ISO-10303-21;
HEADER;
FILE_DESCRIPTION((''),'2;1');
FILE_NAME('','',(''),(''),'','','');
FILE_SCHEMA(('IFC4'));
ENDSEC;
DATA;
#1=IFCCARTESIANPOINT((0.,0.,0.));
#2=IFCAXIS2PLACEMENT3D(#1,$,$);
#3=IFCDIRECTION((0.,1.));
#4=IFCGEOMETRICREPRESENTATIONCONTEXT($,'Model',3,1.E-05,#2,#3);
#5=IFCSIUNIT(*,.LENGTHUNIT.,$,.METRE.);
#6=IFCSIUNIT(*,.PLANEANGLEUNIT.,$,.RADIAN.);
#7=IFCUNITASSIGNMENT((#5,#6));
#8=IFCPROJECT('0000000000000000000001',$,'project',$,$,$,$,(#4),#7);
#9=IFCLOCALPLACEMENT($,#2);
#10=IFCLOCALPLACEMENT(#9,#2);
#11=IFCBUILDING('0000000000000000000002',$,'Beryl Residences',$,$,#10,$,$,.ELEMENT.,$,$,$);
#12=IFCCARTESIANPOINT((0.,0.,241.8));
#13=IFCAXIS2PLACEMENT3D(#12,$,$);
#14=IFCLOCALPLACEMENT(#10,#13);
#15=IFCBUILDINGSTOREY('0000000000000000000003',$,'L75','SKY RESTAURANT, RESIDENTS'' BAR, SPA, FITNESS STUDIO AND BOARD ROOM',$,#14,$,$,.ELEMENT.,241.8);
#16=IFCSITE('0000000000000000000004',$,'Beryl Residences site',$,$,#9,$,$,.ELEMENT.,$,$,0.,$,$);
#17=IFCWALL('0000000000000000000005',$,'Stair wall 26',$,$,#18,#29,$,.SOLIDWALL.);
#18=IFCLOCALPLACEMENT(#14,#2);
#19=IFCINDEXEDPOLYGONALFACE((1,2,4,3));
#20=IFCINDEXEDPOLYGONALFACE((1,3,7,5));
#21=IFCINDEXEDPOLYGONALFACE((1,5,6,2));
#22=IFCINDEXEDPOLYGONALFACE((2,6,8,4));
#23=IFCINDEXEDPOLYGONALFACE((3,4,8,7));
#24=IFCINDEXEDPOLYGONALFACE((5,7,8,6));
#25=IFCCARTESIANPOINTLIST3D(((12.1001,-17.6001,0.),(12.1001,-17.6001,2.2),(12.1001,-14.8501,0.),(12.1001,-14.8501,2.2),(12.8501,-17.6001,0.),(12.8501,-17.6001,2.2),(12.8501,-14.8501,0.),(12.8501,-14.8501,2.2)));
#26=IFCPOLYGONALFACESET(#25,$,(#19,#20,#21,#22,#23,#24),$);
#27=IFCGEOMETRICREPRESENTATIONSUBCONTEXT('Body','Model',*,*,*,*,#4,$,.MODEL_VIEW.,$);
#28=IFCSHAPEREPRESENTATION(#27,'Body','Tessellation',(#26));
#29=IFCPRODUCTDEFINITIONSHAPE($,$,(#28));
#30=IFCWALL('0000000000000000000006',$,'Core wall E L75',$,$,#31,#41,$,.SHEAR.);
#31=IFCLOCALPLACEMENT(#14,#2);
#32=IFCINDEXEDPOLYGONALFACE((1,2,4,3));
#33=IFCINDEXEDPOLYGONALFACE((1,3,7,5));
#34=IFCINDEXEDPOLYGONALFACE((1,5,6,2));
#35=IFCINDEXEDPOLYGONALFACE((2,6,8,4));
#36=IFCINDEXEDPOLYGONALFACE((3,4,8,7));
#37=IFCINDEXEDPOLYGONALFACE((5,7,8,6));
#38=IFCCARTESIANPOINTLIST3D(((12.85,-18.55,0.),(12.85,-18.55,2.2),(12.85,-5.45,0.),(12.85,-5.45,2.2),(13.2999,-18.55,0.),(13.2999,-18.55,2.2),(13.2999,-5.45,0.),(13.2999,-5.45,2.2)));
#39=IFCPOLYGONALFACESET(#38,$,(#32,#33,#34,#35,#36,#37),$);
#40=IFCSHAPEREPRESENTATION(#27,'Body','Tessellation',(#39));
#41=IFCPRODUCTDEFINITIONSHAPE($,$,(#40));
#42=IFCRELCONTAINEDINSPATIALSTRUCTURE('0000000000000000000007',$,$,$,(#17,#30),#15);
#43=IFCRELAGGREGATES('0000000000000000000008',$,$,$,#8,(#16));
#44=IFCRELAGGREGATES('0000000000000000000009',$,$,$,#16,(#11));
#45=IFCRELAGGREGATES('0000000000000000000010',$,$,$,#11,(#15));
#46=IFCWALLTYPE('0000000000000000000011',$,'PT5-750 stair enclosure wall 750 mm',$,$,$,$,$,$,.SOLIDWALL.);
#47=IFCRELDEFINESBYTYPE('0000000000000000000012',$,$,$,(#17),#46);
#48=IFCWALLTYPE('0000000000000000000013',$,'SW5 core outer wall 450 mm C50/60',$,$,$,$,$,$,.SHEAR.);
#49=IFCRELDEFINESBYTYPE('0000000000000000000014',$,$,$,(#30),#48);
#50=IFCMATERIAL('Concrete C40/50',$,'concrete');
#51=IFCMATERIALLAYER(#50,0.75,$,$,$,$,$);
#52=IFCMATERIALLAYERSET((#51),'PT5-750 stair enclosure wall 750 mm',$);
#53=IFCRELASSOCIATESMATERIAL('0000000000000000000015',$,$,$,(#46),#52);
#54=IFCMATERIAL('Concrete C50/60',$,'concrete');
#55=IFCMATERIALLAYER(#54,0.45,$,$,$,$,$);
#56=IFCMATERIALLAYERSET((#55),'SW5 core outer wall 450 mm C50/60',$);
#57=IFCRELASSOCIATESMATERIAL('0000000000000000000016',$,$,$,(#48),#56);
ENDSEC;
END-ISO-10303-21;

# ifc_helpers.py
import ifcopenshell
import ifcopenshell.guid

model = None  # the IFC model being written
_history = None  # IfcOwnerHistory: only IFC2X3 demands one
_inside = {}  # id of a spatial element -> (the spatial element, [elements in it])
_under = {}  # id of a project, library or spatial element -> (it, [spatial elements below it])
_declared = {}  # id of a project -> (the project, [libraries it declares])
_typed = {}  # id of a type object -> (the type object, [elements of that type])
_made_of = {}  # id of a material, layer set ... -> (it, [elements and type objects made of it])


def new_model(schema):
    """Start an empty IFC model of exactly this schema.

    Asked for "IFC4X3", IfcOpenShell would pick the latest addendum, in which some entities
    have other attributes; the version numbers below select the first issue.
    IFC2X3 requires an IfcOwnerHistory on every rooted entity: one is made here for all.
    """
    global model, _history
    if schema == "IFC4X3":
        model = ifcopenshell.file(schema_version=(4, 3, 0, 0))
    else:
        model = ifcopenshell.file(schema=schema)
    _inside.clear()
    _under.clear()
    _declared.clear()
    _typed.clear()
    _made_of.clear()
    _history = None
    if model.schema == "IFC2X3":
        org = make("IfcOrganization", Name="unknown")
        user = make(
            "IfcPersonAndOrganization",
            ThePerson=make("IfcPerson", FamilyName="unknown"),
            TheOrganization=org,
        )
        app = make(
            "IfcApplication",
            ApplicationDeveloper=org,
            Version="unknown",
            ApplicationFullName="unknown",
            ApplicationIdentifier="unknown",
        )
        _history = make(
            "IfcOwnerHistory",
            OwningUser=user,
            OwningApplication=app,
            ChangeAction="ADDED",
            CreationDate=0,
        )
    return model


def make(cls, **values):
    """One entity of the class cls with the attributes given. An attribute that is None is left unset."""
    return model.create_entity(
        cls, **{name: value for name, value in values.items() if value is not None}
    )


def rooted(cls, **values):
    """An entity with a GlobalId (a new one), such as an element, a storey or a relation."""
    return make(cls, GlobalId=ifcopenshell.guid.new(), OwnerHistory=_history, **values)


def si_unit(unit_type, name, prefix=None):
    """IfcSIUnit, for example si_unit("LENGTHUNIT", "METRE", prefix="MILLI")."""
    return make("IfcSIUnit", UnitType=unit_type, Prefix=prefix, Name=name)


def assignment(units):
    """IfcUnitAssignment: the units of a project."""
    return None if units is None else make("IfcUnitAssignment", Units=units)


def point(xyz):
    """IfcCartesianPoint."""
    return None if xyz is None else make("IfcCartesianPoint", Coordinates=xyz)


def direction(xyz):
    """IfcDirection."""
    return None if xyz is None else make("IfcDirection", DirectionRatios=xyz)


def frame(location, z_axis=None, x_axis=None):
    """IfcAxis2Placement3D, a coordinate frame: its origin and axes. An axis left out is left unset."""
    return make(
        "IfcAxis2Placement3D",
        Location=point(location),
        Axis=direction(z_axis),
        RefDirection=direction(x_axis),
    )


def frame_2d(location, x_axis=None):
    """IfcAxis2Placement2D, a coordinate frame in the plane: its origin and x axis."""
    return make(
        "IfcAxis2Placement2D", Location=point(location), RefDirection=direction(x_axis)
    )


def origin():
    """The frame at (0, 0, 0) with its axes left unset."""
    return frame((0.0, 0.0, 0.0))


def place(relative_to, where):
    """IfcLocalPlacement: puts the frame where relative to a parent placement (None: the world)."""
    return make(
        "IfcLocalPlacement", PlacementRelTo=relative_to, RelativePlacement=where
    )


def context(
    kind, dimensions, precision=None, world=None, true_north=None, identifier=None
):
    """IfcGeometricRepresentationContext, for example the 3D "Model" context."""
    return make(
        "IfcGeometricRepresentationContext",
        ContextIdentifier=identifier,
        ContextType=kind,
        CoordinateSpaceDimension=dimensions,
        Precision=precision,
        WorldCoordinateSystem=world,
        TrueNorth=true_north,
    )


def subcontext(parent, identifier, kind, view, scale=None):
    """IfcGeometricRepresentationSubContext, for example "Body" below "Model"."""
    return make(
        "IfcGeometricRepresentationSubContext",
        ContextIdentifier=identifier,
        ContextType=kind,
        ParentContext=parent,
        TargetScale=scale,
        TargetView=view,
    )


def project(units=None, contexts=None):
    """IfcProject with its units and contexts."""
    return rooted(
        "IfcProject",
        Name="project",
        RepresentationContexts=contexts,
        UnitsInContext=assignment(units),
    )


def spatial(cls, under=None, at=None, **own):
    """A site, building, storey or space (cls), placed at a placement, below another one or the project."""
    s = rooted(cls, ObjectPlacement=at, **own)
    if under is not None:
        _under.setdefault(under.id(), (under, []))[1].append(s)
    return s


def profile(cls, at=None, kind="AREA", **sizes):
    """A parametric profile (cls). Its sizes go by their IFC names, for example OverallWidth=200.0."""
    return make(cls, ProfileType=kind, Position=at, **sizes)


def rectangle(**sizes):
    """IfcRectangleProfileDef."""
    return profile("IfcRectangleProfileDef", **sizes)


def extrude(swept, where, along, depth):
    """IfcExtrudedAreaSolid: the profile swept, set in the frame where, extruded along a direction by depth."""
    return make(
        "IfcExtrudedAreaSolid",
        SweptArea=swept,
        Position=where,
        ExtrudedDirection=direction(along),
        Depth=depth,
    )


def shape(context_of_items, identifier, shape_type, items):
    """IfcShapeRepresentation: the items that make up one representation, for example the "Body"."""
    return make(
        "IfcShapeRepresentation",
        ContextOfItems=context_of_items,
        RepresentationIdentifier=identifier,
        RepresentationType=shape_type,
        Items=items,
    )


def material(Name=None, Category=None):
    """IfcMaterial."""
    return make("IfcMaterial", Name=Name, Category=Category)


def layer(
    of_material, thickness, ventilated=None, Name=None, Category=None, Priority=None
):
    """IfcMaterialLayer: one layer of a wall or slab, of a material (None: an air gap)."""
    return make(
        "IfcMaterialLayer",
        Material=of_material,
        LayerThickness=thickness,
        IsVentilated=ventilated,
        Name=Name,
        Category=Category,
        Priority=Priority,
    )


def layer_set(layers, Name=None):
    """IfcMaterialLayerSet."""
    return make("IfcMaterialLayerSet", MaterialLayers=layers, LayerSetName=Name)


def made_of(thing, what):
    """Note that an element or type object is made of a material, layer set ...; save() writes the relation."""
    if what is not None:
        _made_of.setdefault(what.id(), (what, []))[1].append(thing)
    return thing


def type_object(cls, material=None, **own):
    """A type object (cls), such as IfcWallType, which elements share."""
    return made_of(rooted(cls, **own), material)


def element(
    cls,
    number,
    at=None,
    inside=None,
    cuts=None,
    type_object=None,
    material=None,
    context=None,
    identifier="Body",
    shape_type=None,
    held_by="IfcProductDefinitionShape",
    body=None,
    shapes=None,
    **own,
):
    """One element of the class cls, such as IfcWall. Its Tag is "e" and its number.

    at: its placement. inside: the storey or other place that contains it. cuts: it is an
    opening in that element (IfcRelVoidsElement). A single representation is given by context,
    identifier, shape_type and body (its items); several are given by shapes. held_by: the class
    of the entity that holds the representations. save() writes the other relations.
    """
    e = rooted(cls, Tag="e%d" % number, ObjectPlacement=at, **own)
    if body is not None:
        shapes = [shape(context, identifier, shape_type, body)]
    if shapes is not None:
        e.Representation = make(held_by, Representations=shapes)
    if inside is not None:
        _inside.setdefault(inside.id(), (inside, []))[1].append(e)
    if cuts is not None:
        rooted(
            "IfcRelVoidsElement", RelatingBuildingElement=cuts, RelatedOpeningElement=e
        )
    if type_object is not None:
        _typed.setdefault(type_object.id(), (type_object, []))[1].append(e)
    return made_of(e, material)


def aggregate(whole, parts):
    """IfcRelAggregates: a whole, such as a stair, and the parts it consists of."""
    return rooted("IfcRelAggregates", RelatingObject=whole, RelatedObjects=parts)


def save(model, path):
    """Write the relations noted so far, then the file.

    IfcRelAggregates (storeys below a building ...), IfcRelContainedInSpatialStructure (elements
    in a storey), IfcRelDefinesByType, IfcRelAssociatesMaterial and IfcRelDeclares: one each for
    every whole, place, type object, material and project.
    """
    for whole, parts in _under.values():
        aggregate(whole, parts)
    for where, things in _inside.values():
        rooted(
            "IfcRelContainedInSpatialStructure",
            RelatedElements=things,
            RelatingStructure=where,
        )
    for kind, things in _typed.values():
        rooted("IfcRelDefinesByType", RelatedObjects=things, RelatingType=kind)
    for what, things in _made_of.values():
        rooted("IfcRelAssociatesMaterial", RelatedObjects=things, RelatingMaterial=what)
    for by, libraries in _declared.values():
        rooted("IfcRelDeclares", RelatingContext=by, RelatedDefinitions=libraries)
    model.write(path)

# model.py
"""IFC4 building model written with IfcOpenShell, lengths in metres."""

from ifc_helpers import new_model, si_unit, direction, frame, frame_2d, origin, place, context, subcontext, project, spatial, rectangle, extrude, material, layer, layer_set, type_object, element, save


model = new_model("IFC4")

# Units and contexts
model_context = context("Model", 3, precision=1e-05, world=origin(), true_north=direction((0.0, 1.0)))
body_context = subcontext(model_context, "Body", "Model", "MODEL_VIEW")
ifc_project = project(units=[si_unit("LENGTHUNIT", "METRE"), si_unit("PLANEANGLEUNIT", "RADIAN")], contexts=[model_context])

# Site, building, storey
site_placement = place(None, origin())
site = spatial("IfcSite", under=ifc_project, at=site_placement, Name="Beryl Residences site", CompositionType="ELEMENT", RefElevation=0.0)
building_placement = place(site_placement, origin())
building = spatial("IfcBuilding", under=site, at=building_placement, Name="Beryl Residences", CompositionType="ELEMENT")
storey_placement = place(building_placement, frame((0.0, 0.0, 241.8)))
storey = spatial("IfcBuildingStorey", under=building, at=storey_placement, Name="L75", Description="SKY RESTAURANT, RESIDENTS' BAR, SPA, FITNESS STUDIO AND BOARD ROOM", CompositionType="ELEMENT", Elevation=241.8)

# Walls
ifc_material_1 = material(Name="Concrete C40/50", Category="concrete")
ifc_layer_1 = layer(ifc_material_1, 0.75)
ifc_layer_set_1 = layer_set([ifc_layer_1], Name="PT5-750 stair enclosure wall 750 mm")
wall_type_1 = type_object("IfcWallType", Name="PT5-750 stair enclosure wall 750 mm", PredefinedType="SOLIDWALL", material=ifc_layer_set_1)
wall_1_placement = place(storey_placement, frame((12.4751, -17.6001, 0.0), z_axis=(0.0, 0.0, 1.0), x_axis=(0.0, 1.0, 0.0)))
element("IfcWall", 1, at=wall_1_placement, inside=storey, type_object=wall_type_1, Name="Stair wall 26", PredefinedType="SOLIDWALL", context=body_context, shape_type="SweptSolid", body=[
    extrude(rectangle(XDim=2.75, YDim=0.75, at=frame_2d((1.375, 0.0))), origin(), (0.0, 0.0, 1.0), 2.2),
])
ifc_material_2 = material(Name="Concrete C50/60", Category="concrete")
ifc_layer_2 = layer(ifc_material_2, 0.45)
ifc_layer_set_2 = layer_set([ifc_layer_2], Name="SW5 core outer wall 450 mm C50/60")
wall_type_2 = type_object("IfcWallType", Name="SW5 core outer wall 450 mm C50/60", PredefinedType="SHEAR", material=ifc_layer_set_2)
wall_2_placement = place(storey_placement, frame((13.075, -18.55, 0.0), z_axis=(0.0, 0.0, 1.0), x_axis=(0.0, 1.0, 0.0)))
element("IfcWall", 2, at=wall_2_placement, inside=storey, type_object=wall_type_2, Name="Core wall E L75", PredefinedType="SHEAR", context=body_context, shape_type="SweptSolid", body=[
    extrude(rectangle(XDim=13.1001, YDim=0.45, at=frame_2d((6.55, 0.0))), origin(), (0.0, 0.0, 1.0), 2.2),
])

save(model, "model.ifc")
